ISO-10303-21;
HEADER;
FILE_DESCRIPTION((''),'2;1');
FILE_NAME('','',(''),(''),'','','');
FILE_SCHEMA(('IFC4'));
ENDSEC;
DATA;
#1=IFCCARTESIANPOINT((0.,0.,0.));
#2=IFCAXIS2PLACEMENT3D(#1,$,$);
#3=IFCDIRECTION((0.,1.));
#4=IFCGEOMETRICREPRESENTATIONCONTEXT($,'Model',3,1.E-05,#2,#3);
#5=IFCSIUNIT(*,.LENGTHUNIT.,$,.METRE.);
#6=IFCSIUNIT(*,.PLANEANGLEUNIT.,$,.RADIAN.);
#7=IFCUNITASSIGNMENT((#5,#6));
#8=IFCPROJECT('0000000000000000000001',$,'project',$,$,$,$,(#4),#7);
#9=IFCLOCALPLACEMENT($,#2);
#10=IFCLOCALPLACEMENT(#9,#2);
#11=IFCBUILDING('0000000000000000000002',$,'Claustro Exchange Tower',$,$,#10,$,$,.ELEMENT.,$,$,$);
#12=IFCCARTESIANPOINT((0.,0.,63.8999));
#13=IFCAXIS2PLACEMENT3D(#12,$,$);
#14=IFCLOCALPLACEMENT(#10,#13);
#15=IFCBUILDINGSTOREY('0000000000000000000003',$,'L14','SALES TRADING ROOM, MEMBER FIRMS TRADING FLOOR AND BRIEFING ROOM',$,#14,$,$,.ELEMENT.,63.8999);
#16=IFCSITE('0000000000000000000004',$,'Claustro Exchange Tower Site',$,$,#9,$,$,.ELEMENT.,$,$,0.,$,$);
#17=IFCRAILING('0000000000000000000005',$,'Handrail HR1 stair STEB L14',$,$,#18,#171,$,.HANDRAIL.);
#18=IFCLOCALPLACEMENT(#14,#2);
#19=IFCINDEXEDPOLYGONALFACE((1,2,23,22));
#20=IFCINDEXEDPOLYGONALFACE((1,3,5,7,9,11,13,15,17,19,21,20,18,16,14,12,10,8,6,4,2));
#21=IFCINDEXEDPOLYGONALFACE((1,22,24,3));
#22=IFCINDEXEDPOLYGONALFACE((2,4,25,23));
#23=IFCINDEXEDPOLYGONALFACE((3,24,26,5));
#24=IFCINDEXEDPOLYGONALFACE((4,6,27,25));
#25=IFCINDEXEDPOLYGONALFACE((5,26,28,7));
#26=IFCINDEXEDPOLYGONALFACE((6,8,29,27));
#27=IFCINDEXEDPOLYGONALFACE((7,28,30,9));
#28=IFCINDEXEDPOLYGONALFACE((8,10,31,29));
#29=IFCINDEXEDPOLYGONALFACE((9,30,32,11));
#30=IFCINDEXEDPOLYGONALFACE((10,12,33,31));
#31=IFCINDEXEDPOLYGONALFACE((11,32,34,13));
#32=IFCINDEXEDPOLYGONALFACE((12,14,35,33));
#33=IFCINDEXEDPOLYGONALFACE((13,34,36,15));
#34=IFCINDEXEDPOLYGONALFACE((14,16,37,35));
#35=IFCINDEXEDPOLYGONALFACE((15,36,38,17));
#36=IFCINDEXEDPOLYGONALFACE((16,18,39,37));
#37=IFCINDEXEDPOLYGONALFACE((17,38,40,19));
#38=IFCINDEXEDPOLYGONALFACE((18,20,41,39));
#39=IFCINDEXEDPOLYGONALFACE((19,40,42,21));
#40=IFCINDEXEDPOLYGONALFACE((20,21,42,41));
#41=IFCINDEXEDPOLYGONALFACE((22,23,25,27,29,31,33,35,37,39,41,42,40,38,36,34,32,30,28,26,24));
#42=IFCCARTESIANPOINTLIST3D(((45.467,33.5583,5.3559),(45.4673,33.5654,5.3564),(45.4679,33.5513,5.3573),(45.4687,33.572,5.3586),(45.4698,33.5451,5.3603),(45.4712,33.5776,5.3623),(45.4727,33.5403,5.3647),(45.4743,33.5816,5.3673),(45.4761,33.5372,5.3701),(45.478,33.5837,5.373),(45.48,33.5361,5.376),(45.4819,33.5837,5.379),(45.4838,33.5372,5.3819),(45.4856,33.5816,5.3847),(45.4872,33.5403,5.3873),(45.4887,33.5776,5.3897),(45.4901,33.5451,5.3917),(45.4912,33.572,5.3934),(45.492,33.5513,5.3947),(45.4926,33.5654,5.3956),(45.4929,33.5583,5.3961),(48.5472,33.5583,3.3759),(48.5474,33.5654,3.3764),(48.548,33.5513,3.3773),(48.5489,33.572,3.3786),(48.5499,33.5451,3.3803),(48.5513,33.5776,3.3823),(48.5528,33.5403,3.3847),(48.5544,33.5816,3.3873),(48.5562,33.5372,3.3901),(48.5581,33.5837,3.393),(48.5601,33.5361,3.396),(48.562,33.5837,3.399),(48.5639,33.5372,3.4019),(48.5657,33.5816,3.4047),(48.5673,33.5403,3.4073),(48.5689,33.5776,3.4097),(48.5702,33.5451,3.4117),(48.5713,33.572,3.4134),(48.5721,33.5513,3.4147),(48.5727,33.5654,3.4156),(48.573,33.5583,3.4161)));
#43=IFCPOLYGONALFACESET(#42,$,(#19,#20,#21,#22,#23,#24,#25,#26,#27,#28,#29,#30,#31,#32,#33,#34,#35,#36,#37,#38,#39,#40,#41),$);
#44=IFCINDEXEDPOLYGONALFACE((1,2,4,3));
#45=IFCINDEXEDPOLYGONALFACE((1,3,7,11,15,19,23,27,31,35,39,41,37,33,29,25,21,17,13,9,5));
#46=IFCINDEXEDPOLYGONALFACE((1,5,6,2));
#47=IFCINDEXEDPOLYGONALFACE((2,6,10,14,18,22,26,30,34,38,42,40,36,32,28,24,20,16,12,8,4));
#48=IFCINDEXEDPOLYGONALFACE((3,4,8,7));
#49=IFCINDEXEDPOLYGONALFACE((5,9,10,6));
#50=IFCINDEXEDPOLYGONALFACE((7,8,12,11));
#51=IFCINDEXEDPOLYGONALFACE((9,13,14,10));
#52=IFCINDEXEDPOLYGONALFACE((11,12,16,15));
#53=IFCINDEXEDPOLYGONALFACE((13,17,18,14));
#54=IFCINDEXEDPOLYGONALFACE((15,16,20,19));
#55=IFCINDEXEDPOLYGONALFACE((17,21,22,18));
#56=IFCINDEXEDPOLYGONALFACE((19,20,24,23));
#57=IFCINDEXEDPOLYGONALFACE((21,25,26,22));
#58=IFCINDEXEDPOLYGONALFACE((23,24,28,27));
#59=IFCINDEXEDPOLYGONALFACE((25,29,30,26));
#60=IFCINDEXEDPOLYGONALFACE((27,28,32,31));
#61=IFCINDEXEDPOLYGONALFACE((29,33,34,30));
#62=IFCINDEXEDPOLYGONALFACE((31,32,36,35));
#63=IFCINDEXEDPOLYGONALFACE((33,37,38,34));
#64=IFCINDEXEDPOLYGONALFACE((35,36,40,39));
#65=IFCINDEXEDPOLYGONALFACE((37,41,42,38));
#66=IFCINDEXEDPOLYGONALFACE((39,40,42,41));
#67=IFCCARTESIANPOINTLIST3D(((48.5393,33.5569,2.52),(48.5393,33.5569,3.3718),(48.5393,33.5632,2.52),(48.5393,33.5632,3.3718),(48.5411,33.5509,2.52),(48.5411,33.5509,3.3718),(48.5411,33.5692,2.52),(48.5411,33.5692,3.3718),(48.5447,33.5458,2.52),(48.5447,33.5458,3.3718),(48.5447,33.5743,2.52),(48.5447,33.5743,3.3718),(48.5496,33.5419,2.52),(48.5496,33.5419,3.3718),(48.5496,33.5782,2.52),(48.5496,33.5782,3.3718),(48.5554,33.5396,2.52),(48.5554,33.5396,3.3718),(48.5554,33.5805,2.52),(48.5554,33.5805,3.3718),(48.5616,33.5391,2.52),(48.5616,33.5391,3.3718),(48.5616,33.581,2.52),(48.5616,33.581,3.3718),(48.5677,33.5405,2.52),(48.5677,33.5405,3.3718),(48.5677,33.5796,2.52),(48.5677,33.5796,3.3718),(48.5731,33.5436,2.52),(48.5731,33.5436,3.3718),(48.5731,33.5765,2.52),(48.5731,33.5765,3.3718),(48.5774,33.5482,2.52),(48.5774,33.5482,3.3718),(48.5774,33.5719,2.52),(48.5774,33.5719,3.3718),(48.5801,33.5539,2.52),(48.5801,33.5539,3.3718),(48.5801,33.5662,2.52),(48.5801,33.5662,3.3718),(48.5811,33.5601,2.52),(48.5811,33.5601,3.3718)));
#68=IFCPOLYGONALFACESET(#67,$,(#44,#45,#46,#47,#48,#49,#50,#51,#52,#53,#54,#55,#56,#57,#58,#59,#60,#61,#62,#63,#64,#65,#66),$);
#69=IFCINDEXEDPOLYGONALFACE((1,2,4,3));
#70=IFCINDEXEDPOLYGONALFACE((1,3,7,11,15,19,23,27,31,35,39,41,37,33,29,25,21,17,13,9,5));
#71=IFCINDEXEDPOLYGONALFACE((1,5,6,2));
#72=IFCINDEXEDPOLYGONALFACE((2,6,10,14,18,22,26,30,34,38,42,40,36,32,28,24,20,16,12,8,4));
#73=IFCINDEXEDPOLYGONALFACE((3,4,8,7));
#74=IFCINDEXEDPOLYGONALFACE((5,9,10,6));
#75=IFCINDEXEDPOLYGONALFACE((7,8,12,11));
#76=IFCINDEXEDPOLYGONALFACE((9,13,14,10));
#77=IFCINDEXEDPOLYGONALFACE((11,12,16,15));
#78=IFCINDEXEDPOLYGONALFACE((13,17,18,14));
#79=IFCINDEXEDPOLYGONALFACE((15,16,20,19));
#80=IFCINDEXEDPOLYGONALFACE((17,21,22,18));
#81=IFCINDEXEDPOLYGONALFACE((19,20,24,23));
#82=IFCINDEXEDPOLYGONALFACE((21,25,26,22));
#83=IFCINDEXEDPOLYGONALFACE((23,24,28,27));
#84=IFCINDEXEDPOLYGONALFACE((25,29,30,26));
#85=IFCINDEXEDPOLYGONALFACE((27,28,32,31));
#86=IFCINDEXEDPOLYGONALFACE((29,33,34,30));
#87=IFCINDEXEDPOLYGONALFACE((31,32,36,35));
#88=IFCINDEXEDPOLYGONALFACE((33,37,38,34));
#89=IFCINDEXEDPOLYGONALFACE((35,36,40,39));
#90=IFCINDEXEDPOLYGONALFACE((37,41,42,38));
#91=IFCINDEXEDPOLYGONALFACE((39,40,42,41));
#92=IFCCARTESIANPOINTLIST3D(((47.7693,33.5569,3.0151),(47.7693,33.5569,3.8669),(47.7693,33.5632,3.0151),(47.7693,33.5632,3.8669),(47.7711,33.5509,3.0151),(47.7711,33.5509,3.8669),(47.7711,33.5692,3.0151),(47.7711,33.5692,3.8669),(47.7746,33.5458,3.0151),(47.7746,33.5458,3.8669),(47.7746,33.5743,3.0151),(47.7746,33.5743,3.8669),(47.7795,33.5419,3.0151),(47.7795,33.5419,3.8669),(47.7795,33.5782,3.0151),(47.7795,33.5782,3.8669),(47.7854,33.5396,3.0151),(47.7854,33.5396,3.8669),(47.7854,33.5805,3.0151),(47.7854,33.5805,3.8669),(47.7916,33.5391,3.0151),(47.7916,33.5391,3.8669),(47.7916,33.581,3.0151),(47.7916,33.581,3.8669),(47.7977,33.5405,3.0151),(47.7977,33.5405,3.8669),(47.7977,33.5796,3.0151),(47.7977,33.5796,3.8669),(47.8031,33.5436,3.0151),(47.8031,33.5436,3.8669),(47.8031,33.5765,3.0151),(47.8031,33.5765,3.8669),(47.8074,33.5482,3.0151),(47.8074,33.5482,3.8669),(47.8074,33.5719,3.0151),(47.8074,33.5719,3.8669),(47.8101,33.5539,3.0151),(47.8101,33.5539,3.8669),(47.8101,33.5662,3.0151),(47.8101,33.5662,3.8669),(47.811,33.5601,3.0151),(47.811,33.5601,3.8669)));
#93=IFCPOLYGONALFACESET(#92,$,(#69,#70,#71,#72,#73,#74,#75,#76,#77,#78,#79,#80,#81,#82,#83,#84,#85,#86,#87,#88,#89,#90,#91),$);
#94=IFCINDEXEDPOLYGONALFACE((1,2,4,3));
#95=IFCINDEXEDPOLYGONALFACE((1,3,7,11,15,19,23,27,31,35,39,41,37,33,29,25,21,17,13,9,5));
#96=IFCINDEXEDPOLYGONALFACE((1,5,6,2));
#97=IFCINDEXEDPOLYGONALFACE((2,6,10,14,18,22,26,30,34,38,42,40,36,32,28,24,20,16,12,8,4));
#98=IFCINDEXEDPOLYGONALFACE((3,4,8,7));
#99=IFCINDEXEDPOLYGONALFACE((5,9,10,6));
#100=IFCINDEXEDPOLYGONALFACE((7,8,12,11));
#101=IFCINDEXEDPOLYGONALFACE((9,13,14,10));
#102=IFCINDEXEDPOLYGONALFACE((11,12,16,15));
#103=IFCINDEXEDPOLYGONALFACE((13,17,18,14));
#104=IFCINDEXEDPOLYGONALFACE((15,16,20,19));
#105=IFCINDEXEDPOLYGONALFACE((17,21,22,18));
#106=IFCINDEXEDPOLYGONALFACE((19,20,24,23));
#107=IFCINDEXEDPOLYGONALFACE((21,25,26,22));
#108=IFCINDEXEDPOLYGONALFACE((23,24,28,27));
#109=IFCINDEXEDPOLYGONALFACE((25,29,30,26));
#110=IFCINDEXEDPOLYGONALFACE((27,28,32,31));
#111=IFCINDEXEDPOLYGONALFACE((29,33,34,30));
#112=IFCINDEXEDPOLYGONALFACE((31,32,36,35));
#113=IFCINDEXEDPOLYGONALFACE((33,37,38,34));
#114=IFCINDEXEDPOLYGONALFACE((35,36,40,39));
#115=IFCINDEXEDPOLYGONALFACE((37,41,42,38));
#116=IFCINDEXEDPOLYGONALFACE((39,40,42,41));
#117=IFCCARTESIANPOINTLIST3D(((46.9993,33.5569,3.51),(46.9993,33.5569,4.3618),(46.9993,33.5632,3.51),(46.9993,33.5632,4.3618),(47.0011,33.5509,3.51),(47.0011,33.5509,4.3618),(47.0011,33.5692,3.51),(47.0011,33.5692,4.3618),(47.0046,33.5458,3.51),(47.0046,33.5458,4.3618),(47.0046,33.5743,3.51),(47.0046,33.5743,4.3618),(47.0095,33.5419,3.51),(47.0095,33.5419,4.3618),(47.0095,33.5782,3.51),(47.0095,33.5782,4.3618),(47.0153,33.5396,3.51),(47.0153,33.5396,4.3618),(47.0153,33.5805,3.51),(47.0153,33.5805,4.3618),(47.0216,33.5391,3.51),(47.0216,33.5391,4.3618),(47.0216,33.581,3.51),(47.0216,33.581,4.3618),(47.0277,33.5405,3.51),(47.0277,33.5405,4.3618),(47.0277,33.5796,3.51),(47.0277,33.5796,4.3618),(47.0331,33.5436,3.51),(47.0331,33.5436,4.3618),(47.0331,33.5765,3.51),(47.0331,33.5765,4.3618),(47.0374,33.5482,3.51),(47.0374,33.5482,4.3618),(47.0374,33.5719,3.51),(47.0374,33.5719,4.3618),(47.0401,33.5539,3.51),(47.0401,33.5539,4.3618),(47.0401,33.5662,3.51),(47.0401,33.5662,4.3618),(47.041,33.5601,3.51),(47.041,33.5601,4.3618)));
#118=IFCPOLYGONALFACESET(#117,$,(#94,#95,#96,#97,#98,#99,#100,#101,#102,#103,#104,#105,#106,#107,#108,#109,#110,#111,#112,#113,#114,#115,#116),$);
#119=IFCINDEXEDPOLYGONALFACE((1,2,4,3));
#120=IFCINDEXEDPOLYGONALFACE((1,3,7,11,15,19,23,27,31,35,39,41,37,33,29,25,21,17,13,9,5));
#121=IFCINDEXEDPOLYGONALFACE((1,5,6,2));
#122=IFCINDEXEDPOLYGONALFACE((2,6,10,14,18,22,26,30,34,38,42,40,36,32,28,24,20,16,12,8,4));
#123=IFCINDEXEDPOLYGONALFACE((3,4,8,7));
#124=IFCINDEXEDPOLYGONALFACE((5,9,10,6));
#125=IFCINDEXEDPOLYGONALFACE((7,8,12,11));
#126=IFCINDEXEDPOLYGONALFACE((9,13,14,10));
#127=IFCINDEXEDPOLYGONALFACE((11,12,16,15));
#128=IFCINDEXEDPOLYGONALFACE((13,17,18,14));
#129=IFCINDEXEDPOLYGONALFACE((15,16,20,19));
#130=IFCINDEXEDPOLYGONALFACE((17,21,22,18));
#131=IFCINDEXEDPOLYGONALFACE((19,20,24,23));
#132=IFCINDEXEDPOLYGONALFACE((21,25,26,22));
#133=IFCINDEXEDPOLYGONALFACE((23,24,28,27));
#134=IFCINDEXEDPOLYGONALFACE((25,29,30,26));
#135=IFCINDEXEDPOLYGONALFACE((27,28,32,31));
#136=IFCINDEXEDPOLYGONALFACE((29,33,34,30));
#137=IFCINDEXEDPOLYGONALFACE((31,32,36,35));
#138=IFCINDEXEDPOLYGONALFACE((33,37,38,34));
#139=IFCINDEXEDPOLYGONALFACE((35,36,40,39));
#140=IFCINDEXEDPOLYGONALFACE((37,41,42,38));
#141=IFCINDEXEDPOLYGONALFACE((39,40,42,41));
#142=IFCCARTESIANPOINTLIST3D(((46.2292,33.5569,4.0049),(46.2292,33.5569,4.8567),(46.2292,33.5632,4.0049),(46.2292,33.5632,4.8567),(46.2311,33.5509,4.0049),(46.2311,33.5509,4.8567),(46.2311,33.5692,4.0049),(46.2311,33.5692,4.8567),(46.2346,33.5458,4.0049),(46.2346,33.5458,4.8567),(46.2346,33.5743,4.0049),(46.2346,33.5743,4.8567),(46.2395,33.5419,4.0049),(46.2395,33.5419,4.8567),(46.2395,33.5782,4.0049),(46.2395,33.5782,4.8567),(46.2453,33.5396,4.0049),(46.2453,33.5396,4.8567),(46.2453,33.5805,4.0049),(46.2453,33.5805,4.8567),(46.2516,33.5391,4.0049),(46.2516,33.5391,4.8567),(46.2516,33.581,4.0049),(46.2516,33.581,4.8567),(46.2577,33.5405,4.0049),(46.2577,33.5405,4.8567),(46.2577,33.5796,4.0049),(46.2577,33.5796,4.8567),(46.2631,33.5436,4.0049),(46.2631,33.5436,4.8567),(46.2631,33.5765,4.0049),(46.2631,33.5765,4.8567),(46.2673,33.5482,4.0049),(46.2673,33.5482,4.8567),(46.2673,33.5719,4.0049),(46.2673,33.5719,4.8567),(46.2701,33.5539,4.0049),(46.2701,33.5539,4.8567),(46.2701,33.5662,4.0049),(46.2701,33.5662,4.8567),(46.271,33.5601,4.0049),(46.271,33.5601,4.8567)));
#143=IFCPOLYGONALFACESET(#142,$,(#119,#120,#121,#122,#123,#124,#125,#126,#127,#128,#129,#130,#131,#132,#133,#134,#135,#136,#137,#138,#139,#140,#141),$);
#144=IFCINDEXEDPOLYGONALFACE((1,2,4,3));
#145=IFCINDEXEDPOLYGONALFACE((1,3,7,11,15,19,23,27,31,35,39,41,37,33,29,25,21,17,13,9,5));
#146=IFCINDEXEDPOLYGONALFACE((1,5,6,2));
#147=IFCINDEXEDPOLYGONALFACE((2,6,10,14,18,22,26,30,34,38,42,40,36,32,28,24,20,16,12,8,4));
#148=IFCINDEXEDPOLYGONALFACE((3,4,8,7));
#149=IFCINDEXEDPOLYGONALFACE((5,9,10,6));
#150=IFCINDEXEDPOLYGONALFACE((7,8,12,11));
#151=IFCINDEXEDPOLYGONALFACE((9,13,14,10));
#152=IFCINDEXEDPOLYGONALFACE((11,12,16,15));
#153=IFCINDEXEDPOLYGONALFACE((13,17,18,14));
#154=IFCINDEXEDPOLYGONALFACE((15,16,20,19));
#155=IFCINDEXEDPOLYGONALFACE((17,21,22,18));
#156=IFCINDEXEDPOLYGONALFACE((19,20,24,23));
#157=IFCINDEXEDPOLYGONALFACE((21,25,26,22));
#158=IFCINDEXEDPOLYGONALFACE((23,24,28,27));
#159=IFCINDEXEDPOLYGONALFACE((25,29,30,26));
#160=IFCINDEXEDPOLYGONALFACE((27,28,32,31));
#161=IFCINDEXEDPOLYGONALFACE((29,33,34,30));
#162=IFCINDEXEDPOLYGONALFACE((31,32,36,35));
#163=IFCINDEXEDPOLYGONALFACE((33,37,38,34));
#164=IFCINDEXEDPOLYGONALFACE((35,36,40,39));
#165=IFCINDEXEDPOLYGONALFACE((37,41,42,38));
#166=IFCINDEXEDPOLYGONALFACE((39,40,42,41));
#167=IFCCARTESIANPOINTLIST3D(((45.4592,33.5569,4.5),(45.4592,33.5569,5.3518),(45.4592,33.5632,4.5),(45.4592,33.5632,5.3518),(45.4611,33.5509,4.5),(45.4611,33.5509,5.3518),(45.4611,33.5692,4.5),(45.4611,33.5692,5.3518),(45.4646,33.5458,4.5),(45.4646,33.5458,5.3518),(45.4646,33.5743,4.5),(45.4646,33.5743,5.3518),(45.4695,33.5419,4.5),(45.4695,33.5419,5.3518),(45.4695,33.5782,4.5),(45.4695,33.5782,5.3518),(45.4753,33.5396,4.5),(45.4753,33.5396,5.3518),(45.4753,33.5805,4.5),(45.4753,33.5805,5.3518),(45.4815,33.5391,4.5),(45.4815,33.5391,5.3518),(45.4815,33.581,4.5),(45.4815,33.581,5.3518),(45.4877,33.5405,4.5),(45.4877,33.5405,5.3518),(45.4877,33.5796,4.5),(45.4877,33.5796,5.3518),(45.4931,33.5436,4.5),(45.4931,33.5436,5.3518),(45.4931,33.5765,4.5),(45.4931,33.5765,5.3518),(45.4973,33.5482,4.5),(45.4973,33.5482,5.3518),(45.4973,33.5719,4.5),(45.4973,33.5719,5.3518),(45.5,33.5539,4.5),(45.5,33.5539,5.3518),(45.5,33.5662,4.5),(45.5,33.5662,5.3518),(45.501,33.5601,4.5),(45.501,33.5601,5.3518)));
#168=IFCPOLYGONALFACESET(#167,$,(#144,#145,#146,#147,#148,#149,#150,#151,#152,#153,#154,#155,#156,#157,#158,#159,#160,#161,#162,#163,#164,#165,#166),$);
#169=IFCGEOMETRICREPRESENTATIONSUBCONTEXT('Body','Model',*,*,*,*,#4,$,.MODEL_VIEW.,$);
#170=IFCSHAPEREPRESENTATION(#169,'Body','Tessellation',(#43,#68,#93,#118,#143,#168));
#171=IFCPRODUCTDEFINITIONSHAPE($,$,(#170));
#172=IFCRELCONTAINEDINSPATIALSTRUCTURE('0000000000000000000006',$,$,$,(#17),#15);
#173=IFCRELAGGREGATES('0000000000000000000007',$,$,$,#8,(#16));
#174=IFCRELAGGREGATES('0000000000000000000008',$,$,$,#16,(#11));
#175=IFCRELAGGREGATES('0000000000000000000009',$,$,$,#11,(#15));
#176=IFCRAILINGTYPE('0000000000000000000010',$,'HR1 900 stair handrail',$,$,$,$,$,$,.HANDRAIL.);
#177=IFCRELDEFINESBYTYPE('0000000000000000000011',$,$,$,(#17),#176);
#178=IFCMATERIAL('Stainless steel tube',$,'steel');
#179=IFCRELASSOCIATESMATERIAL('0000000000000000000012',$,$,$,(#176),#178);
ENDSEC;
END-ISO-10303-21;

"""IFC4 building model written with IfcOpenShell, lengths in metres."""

from ifc_helpers import new_model, si_unit, direction, frame, origin, origin_2d, place, context, subcontext, project, spatial, circle, extrude, material, type_object, element, save


model = new_model("IFC4")

# Units and contexts
model_context = context("Model", 3, precision=1e-05, world=origin(), true_north=direction((0.0, 1.0)))
body_context = subcontext(model_context, "Body", "Model", "MODEL_VIEW")
ifc_project = project(units=[si_unit("LENGTHUNIT", "METRE"), si_unit("PLANEANGLEUNIT", "RADIAN")], contexts=[model_context])

# Site, building, storey
site_placement = place(None, origin())
site = spatial("IfcSite", under=ifc_project, at=site_placement, Name="Claustro Exchange Tower Site", CompositionType="ELEMENT", RefElevation=0.0)
building_placement = place(site_placement, origin())
building = spatial("IfcBuilding", under=site, at=building_placement, Name="Claustro Exchange Tower", CompositionType="ELEMENT")
storey_placement = place(building_placement, frame((0.0, 0.0, 63.8999)))
storey = spatial("IfcBuildingStorey", under=building, at=storey_placement, Name="L14", Description="SALES TRADING ROOM, MEMBER FIRMS TRADING FLOOR AND BRIEFING ROOM", CompositionType="ELEMENT", Elevation=63.8999)

# Railing
ifc_material_1 = material(Name="Stainless steel tube", Category="steel")
railing_type_1 = type_object("IfcRailingType", Name="HR1 900 stair handrail", PredefinedType="HANDRAIL", material=ifc_material_1)
railing_1_placement = place(storey_placement, frame((48.5601, 33.5601, 2.52)))
element("IfcRailing", 1, at=railing_1_placement, inside=storey, type_object=railing_type_1, Name="Handrail HR1 stair STEB L14", PredefinedType="HANDRAIL", context=body_context, shape_type="SweptSolid", body=[
    extrude(circle(Radius=0.0239, at=origin_2d()), frame((0.0, 0.0, 0.876), z_axis=(-0.841187, 0.0, 0.540744), x_axis=(0.0, -1.0, 0.0)), (0.0, 0.0, 1.0), 3.6616),
    extrude(circle(Radius=0.021, at=origin_2d()), origin(), (0.0, 0.0, 1.0), 0.8518),
    extrude(circle(Radius=0.021, at=origin_2d()), frame((-0.77, 0.0, 0.4951)), (0.0, 0.0, 1.0), 0.8518),
    extrude(circle(Radius=0.021, at=origin_2d()), frame((-1.54, 0.0, 0.99)), (0.0, 0.0, 1.0), 0.8518),
    extrude(circle(Radius=0.021, at=origin_2d()), frame((-2.3101, 0.0, 1.4849)), (0.0, 0.0, 1.0), 0.8518),
    extrude(circle(Radius=0.021, at=origin_2d()), frame((-3.0801, 0.0, 1.98)), (0.0, 0.0, 1.0), 0.8518),
])

save(model, "model.ifc")
